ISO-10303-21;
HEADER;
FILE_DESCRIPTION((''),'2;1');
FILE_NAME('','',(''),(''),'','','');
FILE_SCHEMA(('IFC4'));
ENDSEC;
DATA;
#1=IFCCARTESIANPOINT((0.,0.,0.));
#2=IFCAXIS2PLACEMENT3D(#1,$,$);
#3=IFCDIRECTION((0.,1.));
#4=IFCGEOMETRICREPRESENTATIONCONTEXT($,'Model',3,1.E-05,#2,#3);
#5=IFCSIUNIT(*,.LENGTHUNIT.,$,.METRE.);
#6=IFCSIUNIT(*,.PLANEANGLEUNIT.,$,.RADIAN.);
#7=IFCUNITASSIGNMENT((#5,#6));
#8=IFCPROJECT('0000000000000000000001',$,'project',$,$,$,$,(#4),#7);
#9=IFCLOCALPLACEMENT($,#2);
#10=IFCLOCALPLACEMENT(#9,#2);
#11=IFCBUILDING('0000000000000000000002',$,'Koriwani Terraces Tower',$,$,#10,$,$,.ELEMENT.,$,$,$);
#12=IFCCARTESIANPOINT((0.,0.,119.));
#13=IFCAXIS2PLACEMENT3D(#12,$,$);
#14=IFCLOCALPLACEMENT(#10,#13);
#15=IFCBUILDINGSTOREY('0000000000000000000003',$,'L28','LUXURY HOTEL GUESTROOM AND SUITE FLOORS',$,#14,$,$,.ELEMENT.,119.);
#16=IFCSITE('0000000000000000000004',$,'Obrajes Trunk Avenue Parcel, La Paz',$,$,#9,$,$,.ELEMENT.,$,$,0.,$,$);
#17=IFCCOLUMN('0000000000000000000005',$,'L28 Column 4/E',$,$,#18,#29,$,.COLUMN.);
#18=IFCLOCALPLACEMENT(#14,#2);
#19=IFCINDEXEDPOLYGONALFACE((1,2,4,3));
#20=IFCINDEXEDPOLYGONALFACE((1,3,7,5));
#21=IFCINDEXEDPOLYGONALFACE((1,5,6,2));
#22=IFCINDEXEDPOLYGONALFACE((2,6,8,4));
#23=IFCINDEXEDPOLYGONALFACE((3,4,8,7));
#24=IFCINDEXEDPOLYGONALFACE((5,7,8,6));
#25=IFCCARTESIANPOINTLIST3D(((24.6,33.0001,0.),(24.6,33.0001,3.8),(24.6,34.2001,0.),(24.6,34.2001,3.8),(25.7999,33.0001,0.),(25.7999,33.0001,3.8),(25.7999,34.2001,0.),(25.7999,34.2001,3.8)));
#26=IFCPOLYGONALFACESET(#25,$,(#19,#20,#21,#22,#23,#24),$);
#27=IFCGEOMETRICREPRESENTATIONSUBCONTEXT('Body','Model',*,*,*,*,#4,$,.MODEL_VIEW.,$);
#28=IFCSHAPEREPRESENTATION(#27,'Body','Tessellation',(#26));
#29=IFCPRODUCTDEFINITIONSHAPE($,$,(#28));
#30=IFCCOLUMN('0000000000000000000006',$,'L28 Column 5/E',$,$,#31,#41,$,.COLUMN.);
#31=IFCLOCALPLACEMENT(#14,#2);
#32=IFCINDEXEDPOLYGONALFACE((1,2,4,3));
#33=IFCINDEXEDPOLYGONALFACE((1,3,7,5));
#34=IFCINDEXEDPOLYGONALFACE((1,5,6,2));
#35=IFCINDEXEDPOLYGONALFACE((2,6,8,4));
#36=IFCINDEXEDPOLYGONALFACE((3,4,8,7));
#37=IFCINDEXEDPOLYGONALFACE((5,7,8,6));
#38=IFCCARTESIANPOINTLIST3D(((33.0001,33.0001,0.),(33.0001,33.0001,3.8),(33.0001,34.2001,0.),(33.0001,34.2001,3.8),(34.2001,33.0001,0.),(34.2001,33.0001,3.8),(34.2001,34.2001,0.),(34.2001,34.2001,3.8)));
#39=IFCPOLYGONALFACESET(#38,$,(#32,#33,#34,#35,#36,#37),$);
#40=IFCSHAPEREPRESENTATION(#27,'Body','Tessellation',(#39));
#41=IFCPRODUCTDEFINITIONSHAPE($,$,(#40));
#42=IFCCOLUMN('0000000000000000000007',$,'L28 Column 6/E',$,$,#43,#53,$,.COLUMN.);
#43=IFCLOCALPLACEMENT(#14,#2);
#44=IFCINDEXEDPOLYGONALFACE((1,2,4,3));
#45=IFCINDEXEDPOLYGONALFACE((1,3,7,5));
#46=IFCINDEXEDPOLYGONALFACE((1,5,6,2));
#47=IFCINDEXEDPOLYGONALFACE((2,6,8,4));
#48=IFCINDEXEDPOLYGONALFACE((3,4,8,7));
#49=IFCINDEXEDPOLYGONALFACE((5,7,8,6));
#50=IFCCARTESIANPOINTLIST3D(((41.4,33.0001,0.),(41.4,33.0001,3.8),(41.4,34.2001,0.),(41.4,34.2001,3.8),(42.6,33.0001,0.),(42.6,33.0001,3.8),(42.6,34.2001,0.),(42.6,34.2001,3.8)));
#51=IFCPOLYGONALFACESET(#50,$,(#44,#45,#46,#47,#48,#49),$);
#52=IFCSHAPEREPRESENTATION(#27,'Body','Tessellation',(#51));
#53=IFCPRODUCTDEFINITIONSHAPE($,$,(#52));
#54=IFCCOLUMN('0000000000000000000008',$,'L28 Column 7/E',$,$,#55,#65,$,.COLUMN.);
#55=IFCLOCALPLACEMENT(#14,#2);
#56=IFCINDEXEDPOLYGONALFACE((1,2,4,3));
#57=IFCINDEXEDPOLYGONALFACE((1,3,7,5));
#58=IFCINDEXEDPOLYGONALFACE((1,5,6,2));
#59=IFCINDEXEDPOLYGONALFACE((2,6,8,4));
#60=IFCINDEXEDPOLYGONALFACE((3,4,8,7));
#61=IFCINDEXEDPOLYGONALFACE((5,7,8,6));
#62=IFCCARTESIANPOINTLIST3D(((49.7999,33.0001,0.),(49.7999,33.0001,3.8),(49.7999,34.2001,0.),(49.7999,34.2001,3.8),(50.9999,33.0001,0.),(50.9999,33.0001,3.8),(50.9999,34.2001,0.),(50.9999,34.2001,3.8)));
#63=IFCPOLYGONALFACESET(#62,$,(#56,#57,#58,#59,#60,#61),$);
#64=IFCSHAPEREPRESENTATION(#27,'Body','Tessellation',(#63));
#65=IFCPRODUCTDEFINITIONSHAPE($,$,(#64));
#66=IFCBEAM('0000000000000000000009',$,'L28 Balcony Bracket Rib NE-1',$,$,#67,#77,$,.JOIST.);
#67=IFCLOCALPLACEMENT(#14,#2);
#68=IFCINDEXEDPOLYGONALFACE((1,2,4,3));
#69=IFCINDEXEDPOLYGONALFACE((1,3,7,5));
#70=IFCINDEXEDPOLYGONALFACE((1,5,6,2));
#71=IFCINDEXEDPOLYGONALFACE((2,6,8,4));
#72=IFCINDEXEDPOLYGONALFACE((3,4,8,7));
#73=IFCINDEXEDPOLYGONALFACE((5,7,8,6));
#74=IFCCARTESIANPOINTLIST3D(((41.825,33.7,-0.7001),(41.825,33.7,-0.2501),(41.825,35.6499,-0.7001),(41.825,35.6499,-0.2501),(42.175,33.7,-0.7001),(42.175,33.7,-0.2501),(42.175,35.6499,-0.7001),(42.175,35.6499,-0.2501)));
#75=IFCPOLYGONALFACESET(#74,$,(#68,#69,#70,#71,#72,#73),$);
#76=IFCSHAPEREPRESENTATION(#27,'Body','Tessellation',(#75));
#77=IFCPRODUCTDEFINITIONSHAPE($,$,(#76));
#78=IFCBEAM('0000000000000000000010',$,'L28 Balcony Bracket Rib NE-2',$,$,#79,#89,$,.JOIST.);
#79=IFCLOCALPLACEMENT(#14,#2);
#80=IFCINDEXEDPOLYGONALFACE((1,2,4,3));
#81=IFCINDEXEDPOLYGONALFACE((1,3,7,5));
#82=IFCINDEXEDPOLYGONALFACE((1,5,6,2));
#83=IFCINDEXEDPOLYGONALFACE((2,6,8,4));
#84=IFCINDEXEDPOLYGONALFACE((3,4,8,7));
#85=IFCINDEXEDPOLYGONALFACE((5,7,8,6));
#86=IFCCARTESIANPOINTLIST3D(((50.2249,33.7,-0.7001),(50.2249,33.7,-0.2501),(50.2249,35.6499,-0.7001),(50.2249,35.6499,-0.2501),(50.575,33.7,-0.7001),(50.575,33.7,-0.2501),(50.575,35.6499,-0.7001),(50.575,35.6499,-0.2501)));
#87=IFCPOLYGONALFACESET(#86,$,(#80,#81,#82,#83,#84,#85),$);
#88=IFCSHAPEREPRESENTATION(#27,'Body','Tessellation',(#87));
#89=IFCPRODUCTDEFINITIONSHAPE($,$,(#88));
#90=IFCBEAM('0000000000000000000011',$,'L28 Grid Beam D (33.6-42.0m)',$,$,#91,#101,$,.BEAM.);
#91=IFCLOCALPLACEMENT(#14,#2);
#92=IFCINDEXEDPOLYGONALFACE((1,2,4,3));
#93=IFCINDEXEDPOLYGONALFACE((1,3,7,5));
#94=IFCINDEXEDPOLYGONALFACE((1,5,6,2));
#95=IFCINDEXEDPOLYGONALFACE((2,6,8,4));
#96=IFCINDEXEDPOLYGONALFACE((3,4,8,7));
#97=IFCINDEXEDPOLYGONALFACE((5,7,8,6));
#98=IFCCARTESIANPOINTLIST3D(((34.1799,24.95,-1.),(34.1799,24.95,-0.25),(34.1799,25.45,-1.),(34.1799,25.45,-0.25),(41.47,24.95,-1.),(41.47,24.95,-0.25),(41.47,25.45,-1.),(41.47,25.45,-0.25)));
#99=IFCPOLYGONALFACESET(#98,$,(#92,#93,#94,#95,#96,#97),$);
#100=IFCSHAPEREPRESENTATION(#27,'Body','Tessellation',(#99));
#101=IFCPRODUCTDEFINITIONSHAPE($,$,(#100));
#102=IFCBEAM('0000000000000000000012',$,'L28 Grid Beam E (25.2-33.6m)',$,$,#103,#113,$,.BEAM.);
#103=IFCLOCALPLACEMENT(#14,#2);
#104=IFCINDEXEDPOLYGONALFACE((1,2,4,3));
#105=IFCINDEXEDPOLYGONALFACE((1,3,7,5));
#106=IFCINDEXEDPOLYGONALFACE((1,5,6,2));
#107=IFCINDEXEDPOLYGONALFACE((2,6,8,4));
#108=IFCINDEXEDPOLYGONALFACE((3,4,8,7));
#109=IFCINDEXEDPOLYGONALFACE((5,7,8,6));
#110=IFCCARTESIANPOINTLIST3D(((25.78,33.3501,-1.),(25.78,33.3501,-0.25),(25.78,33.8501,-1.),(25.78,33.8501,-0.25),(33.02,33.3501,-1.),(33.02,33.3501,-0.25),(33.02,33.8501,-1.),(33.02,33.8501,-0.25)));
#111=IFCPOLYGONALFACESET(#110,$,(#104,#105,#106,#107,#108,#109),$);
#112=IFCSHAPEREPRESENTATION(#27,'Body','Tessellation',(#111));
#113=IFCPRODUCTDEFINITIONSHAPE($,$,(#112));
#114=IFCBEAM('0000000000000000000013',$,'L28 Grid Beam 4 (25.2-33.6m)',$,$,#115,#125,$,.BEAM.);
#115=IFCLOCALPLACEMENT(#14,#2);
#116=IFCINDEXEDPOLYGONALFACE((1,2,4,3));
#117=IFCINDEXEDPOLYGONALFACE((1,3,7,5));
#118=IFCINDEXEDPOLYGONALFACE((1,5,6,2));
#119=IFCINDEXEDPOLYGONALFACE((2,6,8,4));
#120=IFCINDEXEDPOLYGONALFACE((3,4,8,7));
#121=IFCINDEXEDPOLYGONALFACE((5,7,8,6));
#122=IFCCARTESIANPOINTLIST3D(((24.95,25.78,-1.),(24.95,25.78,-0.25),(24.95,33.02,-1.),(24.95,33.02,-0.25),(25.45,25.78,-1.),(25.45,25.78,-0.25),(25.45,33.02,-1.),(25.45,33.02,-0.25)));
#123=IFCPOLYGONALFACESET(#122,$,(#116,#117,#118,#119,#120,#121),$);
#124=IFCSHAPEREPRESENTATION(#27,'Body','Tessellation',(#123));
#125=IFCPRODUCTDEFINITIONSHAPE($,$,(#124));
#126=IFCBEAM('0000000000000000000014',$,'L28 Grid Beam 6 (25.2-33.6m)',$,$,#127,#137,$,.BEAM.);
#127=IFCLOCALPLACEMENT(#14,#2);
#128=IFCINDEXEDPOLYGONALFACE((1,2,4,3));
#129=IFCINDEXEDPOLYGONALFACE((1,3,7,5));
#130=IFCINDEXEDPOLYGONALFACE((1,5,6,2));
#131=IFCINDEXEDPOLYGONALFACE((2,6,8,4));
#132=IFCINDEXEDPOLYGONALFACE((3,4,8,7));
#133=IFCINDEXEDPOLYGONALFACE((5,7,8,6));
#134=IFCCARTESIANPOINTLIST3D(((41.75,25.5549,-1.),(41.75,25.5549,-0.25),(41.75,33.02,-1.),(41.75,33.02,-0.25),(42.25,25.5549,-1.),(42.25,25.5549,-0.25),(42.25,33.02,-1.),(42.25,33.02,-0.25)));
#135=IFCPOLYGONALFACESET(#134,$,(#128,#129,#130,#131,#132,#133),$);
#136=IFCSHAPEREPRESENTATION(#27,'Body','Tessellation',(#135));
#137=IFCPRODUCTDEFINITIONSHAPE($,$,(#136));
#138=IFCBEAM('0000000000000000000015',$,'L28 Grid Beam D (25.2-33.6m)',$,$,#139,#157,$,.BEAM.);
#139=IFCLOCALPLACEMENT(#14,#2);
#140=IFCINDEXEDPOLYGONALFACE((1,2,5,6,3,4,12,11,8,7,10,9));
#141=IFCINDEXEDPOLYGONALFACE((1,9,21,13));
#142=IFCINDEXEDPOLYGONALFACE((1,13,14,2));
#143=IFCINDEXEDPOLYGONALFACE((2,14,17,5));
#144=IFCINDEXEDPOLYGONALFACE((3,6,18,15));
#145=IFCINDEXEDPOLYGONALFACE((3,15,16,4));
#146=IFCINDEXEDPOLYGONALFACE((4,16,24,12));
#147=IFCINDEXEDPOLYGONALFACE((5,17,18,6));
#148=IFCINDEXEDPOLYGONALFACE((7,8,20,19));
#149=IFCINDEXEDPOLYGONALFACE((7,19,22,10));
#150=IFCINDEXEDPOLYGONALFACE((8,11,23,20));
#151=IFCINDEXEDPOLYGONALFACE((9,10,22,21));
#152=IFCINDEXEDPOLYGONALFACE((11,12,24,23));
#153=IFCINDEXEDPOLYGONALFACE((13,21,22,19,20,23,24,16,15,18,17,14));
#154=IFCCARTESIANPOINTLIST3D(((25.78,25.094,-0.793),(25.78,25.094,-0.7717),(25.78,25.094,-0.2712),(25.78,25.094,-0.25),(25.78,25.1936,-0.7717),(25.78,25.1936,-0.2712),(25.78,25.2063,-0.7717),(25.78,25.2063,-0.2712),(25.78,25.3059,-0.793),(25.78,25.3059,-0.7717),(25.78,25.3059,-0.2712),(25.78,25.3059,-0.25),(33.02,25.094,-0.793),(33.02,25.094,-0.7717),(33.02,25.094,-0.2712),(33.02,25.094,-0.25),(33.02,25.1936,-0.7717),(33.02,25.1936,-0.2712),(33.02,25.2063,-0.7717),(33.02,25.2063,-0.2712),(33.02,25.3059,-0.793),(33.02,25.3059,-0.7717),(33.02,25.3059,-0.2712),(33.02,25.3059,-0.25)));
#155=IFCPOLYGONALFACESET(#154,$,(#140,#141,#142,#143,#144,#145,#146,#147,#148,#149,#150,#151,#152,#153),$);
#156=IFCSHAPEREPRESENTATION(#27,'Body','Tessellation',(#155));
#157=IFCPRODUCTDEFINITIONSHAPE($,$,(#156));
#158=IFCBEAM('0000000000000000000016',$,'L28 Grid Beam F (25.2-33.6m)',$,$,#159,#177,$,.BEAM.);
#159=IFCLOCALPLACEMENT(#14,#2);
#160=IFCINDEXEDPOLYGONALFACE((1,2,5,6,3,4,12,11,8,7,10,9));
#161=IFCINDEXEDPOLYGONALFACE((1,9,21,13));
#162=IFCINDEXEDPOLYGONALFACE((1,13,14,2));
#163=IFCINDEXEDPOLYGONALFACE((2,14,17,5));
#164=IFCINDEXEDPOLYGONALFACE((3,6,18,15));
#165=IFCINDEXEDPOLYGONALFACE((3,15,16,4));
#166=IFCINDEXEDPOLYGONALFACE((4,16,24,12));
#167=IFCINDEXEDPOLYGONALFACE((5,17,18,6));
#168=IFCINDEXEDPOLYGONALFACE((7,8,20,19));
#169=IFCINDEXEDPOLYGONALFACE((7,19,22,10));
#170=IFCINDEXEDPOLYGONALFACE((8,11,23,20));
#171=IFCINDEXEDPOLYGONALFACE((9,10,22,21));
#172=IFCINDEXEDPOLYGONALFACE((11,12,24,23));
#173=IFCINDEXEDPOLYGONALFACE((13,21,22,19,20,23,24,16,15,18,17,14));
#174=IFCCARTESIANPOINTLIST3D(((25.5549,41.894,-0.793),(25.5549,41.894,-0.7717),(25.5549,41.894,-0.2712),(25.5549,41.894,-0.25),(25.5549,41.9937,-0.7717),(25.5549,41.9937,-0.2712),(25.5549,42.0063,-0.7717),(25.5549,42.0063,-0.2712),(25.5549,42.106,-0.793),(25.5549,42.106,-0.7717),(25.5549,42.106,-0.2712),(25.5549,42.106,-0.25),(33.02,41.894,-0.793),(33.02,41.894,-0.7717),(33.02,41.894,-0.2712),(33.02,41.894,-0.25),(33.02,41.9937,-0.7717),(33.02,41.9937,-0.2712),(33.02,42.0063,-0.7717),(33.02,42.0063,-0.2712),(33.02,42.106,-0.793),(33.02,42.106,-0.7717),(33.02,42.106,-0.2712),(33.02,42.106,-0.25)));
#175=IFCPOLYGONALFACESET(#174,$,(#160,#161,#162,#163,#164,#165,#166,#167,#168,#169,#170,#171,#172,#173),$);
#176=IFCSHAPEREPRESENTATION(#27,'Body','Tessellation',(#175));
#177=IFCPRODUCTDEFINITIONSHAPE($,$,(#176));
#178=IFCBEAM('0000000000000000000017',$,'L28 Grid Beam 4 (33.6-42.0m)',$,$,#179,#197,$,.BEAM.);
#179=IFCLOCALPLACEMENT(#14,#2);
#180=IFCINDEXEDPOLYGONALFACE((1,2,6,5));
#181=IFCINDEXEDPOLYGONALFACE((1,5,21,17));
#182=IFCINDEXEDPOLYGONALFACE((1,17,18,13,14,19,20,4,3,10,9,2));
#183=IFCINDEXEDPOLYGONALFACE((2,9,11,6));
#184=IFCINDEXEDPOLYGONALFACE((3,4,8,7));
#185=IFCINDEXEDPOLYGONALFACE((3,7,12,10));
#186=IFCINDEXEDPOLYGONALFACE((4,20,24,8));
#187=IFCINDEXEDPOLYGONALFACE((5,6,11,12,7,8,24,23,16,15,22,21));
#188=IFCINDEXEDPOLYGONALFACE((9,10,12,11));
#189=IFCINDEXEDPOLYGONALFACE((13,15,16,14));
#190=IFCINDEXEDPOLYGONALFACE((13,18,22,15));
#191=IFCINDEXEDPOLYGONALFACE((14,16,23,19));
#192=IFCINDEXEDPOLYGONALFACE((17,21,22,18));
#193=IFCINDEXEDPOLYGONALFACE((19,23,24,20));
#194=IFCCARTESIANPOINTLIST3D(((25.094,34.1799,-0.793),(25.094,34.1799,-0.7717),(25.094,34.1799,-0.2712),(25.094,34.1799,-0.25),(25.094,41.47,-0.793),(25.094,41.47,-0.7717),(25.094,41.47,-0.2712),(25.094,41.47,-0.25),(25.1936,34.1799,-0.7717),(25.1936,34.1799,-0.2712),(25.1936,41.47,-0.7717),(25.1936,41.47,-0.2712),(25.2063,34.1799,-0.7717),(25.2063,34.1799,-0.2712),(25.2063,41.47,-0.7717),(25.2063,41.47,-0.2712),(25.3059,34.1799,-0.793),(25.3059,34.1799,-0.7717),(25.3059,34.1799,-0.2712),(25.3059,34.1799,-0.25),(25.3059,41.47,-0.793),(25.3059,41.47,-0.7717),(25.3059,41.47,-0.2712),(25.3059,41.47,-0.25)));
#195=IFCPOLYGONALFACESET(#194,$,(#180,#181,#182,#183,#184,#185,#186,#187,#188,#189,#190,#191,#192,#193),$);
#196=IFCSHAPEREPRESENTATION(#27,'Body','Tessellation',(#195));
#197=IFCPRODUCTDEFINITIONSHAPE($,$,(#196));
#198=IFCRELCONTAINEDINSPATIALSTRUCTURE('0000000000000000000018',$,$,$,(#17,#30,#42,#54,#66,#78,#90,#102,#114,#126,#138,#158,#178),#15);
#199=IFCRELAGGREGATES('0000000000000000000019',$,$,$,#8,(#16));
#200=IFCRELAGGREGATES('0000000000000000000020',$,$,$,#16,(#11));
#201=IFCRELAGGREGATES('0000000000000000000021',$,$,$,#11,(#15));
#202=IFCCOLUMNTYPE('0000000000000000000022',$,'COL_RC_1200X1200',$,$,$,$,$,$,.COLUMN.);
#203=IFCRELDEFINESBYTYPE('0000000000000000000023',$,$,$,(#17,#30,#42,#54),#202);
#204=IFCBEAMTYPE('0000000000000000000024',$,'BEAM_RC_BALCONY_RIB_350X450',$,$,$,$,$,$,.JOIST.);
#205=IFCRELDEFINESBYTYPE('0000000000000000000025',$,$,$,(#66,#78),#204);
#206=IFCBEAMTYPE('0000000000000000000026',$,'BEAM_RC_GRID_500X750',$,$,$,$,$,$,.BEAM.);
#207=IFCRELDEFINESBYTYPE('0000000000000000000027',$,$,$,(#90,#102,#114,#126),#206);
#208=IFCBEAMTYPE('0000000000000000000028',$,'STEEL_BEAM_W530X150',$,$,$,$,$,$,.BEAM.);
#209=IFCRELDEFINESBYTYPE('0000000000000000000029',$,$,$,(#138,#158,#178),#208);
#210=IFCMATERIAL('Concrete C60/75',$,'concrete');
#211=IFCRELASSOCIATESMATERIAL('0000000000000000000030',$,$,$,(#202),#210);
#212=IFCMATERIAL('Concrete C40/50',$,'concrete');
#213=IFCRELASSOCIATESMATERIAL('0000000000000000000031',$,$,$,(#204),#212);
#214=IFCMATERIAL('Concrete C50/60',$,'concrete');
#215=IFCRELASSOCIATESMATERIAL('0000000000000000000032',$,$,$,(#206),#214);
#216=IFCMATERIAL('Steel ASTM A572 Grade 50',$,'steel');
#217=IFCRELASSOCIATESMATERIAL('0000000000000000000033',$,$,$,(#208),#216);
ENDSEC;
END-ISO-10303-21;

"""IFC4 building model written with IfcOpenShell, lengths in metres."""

from ifc_helpers import new_model, si_unit, direction, frame, origin, origin_2d, place, context, subcontext, project, spatial, rectangle, i_section, extrude, material, material_profile, profile_set, type_object, element, save


model = new_model("IFC4")

# Units and contexts
model_context = context("Model", 3, precision=1e-05, world=origin(), true_north=direction((0.0, 1.0)))
body_context = subcontext(model_context, "Body", "Model", "MODEL_VIEW")
ifc_project = project(units=[si_unit("LENGTHUNIT", "METRE"), si_unit("PLANEANGLEUNIT", "RADIAN")], contexts=[model_context])

# Site, building, storey
site_placement = place(None, origin())
site = spatial("IfcSite", under=ifc_project, at=site_placement, Name="Obrajes Trunk Avenue Parcel, La Paz", CompositionType="ELEMENT", RefElevation=0.0)
building_placement = place(site_placement, origin())
building = spatial("IfcBuilding", under=site, at=building_placement, Name="Koriwani Terraces Tower", CompositionType="ELEMENT")
storey_placement = place(building_placement, frame((0.0, 0.0, 119.0)))
storey = spatial("IfcBuildingStorey", under=building, at=storey_placement, Name="L28", Description="LUXURY HOTEL GUESTROOM AND SUITE FLOORS", CompositionType="ELEMENT", Elevation=119.0)

# Columns
ifc_material_1 = material(Name="Concrete C60/75", Category="concrete")
ifc_material_profile_1 = material_profile(ifc_material_1, rectangle(XDim=1.2, YDim=1.2, at=origin_2d()), Name="Concrete C60/75", Category="LoadBearing")
ifc_profile_set_1 = profile_set([ifc_material_profile_1], Name="Concrete C60/75")
column_type = type_object("IfcColumnType", Name="COL_RC_1200X1200", PredefinedType="COLUMN", material=ifc_profile_set_1)
for number, where, z_axis, x_axis, name in (
    (1, (25.2, 33.6001, 0.0), (0.0, 0.0, 1.0), (1.0, 0.0, 0.0), "L28 Column 4/E"),
    (2, (33.6001, 33.6001, 0.0), (0.0, 0.0, 1.0), (1.0, 0.0, 0.0), "L28 Column 5/E"),
    (3, (42.0, 33.6001, 0.0), (0.0, 0.0, 1.0), (1.0, 0.0, 0.0), "L28 Column 6/E"),
    (4, (50.3999, 33.6001, 0.0), (0.0, 0.0, 1.0), (1.0, 0.0, 0.0), "L28 Column 7/E"),
):
    element("IfcColumn", number, at=place(storey_placement, frame(where, z_axis=z_axis, x_axis=x_axis)), inside=storey, type_object=column_type, Name=name, PredefinedType="COLUMN", context=body_context, shape_type="SweptSolid", body=[
        extrude(rectangle(XDim=1.2, YDim=1.2, at=origin_2d()), origin(), (0.0, 0.0, 1.0), 3.8),
    ])

# Beams
ifc_material_2 = material(Name="Concrete C40/50", Category="concrete")
ifc_material_profile_2 = material_profile(ifc_material_2, rectangle(XDim=0.3501, YDim=0.45, at=origin_2d()), Name="Concrete C40/50", Category="LoadBearing")
ifc_profile_set_2 = profile_set([ifc_material_profile_2], Name="Concrete C40/50")
beam_type_1 = type_object("IfcBeamType", Name="BEAM_RC_BALCONY_RIB_350X450", PredefinedType="JOIST", material=ifc_profile_set_2)
for number, where, z_axis, x_axis, name in (
    (5, (42.0, 33.7, -0.4751), (0.0, 1.0, 0.0), (-1.0, 0.0, 0.0), "L28 Balcony Bracket Rib NE-1"),
    (6, (50.3999, 33.7, -0.4751), (0.0, 1.0, 0.0), (-1.0, 0.0, 0.0), "L28 Balcony Bracket Rib NE-2"),
):
    element("IfcBeam", number, at=place(storey_placement, frame(where, z_axis=z_axis, x_axis=x_axis)), inside=storey, type_object=beam_type_1, Name=name, PredefinedType="JOIST", context=body_context, shape_type="SweptSolid", body=[
        extrude(rectangle(XDim=0.3501, YDim=0.45, at=origin_2d()), origin(), (0.0, 0.0, 1.0), 1.95),
    ])
ifc_material_3 = material(Name="Concrete C50/60", Category="concrete")
ifc_material_profile_3 = material_profile(ifc_material_3, rectangle(XDim=0.5, YDim=0.75, at=origin_2d()), Name="Concrete C50/60", Category="LoadBearing")
ifc_profile_set_3 = profile_set([ifc_material_profile_3], Name="Concrete C50/60")
beam_type_2 = type_object("IfcBeamType", Name="BEAM_RC_GRID_500X750", PredefinedType="BEAM", material=ifc_profile_set_3)
beam_1_placement = place(storey_placement, frame((34.1799, 25.2, -0.625), z_axis=(1.0, 0.0, 0.0), x_axis=(0.0, 1.0, 0.0)))
element("IfcBeam", 7, at=beam_1_placement, inside=storey, type_object=beam_type_2, Name="L28 Grid Beam D (33.6-42.0m)", PredefinedType="BEAM", context=body_context, shape_type="SweptSolid", body=[
    extrude(rectangle(XDim=0.5, YDim=0.75, at=origin_2d()), origin(), (0.0, 0.0, 1.0), 7.29),
])
for number, where, z_axis, x_axis, name in (
    (8, (25.78, 33.6001, -0.625), (1.0, 0.0, 0.0), (0.0, 1.0, 0.0), "L28 Grid Beam E (25.2-33.6m)"),
    (9, (25.2, 25.78, -0.625), (0.0, 1.0, 0.0), (-1.0, 0.0, 0.0), "L28 Grid Beam 4 (25.2-33.6m)"),
):
    element("IfcBeam", number, at=place(storey_placement, frame(where, z_axis=z_axis, x_axis=x_axis)), inside=storey, type_object=beam_type_2, Name=name, PredefinedType="BEAM", context=body_context, shape_type="SweptSolid", body=[
        extrude(rectangle(XDim=0.5, YDim=0.75, at=origin_2d()), origin(), (0.0, 0.0, 1.0), 7.24),
    ])
beam_2_placement = place(storey_placement, frame((42.0, 25.5549, -0.625), z_axis=(0.0, 1.0, 0.0), x_axis=(-1.0, 0.0, 0.0)))
element("IfcBeam", 10, at=beam_2_placement, inside=storey, type_object=beam_type_2, Name="L28 Grid Beam 6 (25.2-33.6m)", PredefinedType="BEAM", context=body_context, shape_type="SweptSolid", body=[
    extrude(rectangle(XDim=0.5, YDim=0.75, at=origin_2d()), origin(), (0.0, 0.0, 1.0), 7.4651),
])
ifc_material_4 = material(Name="Steel ASTM A572 Grade 50", Category="steel")
ifc_material_profile_4 = material_profile(ifc_material_4, i_section(OverallWidth=0.2119, OverallDepth=0.543, WebThickness=0.0127, FlangeThickness=0.0212, at=origin_2d()), Name="Steel ASTM A572 Grade 50", Category="LoadBearing")
ifc_profile_set_4 = profile_set([ifc_material_profile_4], Name="Steel ASTM A572 Grade 50")
beam_type_3 = type_object("IfcBeamType", Name="STEEL_BEAM_W530X150", PredefinedType="BEAM", material=ifc_profile_set_4)
beam_3_placement = place(storey_placement, frame((25.78, 25.2, -0.5215), z_axis=(1.0, 0.0, 0.0), x_axis=(0.0, 1.0, 0.0)))
element("IfcBeam", 11, at=beam_3_placement, inside=storey, type_object=beam_type_3, Name="L28 Grid Beam D (25.2-33.6m)", PredefinedType="BEAM", context=body_context, shape_type="SweptSolid", body=[
    extrude(i_section(OverallWidth=0.2119, OverallDepth=0.543, WebThickness=0.0127, FlangeThickness=0.0212, at=origin_2d()), origin(), (0.0, 0.0, 1.0), 7.24),
])
beam_4_placement = place(storey_placement, frame((25.5549, 42.0, -0.5215), z_axis=(1.0, 0.0, 0.0), x_axis=(0.0, 1.0, 0.0)))
element("IfcBeam", 12, at=beam_4_placement, inside=storey, type_object=beam_type_3, Name="L28 Grid Beam F (25.2-33.6m)", PredefinedType="BEAM", context=body_context, shape_type="SweptSolid", body=[
    extrude(i_section(OverallWidth=0.2119, OverallDepth=0.543, WebThickness=0.0127, FlangeThickness=0.0212, at=origin_2d()), origin(), (0.0, 0.0, 1.0), 7.4651),
])
beam_5_placement = place(storey_placement, frame((25.2, 34.1799, -0.5215), z_axis=(0.0, 1.0, 0.0), x_axis=(-1.0, 0.0, 0.0)))
element("IfcBeam", 13, at=beam_5_placement, inside=storey, type_object=beam_type_3, Name="L28 Grid Beam 4 (33.6-42.0m)", PredefinedType="BEAM", context=body_context, shape_type="SweptSolid", body=[
    extrude(i_section(OverallWidth=0.2119, OverallDepth=0.543, WebThickness=0.0127, FlangeThickness=0.0212, at=origin_2d()), origin(), (0.0, 0.0, 1.0), 7.29),
])

save(model, "model.ifc")
